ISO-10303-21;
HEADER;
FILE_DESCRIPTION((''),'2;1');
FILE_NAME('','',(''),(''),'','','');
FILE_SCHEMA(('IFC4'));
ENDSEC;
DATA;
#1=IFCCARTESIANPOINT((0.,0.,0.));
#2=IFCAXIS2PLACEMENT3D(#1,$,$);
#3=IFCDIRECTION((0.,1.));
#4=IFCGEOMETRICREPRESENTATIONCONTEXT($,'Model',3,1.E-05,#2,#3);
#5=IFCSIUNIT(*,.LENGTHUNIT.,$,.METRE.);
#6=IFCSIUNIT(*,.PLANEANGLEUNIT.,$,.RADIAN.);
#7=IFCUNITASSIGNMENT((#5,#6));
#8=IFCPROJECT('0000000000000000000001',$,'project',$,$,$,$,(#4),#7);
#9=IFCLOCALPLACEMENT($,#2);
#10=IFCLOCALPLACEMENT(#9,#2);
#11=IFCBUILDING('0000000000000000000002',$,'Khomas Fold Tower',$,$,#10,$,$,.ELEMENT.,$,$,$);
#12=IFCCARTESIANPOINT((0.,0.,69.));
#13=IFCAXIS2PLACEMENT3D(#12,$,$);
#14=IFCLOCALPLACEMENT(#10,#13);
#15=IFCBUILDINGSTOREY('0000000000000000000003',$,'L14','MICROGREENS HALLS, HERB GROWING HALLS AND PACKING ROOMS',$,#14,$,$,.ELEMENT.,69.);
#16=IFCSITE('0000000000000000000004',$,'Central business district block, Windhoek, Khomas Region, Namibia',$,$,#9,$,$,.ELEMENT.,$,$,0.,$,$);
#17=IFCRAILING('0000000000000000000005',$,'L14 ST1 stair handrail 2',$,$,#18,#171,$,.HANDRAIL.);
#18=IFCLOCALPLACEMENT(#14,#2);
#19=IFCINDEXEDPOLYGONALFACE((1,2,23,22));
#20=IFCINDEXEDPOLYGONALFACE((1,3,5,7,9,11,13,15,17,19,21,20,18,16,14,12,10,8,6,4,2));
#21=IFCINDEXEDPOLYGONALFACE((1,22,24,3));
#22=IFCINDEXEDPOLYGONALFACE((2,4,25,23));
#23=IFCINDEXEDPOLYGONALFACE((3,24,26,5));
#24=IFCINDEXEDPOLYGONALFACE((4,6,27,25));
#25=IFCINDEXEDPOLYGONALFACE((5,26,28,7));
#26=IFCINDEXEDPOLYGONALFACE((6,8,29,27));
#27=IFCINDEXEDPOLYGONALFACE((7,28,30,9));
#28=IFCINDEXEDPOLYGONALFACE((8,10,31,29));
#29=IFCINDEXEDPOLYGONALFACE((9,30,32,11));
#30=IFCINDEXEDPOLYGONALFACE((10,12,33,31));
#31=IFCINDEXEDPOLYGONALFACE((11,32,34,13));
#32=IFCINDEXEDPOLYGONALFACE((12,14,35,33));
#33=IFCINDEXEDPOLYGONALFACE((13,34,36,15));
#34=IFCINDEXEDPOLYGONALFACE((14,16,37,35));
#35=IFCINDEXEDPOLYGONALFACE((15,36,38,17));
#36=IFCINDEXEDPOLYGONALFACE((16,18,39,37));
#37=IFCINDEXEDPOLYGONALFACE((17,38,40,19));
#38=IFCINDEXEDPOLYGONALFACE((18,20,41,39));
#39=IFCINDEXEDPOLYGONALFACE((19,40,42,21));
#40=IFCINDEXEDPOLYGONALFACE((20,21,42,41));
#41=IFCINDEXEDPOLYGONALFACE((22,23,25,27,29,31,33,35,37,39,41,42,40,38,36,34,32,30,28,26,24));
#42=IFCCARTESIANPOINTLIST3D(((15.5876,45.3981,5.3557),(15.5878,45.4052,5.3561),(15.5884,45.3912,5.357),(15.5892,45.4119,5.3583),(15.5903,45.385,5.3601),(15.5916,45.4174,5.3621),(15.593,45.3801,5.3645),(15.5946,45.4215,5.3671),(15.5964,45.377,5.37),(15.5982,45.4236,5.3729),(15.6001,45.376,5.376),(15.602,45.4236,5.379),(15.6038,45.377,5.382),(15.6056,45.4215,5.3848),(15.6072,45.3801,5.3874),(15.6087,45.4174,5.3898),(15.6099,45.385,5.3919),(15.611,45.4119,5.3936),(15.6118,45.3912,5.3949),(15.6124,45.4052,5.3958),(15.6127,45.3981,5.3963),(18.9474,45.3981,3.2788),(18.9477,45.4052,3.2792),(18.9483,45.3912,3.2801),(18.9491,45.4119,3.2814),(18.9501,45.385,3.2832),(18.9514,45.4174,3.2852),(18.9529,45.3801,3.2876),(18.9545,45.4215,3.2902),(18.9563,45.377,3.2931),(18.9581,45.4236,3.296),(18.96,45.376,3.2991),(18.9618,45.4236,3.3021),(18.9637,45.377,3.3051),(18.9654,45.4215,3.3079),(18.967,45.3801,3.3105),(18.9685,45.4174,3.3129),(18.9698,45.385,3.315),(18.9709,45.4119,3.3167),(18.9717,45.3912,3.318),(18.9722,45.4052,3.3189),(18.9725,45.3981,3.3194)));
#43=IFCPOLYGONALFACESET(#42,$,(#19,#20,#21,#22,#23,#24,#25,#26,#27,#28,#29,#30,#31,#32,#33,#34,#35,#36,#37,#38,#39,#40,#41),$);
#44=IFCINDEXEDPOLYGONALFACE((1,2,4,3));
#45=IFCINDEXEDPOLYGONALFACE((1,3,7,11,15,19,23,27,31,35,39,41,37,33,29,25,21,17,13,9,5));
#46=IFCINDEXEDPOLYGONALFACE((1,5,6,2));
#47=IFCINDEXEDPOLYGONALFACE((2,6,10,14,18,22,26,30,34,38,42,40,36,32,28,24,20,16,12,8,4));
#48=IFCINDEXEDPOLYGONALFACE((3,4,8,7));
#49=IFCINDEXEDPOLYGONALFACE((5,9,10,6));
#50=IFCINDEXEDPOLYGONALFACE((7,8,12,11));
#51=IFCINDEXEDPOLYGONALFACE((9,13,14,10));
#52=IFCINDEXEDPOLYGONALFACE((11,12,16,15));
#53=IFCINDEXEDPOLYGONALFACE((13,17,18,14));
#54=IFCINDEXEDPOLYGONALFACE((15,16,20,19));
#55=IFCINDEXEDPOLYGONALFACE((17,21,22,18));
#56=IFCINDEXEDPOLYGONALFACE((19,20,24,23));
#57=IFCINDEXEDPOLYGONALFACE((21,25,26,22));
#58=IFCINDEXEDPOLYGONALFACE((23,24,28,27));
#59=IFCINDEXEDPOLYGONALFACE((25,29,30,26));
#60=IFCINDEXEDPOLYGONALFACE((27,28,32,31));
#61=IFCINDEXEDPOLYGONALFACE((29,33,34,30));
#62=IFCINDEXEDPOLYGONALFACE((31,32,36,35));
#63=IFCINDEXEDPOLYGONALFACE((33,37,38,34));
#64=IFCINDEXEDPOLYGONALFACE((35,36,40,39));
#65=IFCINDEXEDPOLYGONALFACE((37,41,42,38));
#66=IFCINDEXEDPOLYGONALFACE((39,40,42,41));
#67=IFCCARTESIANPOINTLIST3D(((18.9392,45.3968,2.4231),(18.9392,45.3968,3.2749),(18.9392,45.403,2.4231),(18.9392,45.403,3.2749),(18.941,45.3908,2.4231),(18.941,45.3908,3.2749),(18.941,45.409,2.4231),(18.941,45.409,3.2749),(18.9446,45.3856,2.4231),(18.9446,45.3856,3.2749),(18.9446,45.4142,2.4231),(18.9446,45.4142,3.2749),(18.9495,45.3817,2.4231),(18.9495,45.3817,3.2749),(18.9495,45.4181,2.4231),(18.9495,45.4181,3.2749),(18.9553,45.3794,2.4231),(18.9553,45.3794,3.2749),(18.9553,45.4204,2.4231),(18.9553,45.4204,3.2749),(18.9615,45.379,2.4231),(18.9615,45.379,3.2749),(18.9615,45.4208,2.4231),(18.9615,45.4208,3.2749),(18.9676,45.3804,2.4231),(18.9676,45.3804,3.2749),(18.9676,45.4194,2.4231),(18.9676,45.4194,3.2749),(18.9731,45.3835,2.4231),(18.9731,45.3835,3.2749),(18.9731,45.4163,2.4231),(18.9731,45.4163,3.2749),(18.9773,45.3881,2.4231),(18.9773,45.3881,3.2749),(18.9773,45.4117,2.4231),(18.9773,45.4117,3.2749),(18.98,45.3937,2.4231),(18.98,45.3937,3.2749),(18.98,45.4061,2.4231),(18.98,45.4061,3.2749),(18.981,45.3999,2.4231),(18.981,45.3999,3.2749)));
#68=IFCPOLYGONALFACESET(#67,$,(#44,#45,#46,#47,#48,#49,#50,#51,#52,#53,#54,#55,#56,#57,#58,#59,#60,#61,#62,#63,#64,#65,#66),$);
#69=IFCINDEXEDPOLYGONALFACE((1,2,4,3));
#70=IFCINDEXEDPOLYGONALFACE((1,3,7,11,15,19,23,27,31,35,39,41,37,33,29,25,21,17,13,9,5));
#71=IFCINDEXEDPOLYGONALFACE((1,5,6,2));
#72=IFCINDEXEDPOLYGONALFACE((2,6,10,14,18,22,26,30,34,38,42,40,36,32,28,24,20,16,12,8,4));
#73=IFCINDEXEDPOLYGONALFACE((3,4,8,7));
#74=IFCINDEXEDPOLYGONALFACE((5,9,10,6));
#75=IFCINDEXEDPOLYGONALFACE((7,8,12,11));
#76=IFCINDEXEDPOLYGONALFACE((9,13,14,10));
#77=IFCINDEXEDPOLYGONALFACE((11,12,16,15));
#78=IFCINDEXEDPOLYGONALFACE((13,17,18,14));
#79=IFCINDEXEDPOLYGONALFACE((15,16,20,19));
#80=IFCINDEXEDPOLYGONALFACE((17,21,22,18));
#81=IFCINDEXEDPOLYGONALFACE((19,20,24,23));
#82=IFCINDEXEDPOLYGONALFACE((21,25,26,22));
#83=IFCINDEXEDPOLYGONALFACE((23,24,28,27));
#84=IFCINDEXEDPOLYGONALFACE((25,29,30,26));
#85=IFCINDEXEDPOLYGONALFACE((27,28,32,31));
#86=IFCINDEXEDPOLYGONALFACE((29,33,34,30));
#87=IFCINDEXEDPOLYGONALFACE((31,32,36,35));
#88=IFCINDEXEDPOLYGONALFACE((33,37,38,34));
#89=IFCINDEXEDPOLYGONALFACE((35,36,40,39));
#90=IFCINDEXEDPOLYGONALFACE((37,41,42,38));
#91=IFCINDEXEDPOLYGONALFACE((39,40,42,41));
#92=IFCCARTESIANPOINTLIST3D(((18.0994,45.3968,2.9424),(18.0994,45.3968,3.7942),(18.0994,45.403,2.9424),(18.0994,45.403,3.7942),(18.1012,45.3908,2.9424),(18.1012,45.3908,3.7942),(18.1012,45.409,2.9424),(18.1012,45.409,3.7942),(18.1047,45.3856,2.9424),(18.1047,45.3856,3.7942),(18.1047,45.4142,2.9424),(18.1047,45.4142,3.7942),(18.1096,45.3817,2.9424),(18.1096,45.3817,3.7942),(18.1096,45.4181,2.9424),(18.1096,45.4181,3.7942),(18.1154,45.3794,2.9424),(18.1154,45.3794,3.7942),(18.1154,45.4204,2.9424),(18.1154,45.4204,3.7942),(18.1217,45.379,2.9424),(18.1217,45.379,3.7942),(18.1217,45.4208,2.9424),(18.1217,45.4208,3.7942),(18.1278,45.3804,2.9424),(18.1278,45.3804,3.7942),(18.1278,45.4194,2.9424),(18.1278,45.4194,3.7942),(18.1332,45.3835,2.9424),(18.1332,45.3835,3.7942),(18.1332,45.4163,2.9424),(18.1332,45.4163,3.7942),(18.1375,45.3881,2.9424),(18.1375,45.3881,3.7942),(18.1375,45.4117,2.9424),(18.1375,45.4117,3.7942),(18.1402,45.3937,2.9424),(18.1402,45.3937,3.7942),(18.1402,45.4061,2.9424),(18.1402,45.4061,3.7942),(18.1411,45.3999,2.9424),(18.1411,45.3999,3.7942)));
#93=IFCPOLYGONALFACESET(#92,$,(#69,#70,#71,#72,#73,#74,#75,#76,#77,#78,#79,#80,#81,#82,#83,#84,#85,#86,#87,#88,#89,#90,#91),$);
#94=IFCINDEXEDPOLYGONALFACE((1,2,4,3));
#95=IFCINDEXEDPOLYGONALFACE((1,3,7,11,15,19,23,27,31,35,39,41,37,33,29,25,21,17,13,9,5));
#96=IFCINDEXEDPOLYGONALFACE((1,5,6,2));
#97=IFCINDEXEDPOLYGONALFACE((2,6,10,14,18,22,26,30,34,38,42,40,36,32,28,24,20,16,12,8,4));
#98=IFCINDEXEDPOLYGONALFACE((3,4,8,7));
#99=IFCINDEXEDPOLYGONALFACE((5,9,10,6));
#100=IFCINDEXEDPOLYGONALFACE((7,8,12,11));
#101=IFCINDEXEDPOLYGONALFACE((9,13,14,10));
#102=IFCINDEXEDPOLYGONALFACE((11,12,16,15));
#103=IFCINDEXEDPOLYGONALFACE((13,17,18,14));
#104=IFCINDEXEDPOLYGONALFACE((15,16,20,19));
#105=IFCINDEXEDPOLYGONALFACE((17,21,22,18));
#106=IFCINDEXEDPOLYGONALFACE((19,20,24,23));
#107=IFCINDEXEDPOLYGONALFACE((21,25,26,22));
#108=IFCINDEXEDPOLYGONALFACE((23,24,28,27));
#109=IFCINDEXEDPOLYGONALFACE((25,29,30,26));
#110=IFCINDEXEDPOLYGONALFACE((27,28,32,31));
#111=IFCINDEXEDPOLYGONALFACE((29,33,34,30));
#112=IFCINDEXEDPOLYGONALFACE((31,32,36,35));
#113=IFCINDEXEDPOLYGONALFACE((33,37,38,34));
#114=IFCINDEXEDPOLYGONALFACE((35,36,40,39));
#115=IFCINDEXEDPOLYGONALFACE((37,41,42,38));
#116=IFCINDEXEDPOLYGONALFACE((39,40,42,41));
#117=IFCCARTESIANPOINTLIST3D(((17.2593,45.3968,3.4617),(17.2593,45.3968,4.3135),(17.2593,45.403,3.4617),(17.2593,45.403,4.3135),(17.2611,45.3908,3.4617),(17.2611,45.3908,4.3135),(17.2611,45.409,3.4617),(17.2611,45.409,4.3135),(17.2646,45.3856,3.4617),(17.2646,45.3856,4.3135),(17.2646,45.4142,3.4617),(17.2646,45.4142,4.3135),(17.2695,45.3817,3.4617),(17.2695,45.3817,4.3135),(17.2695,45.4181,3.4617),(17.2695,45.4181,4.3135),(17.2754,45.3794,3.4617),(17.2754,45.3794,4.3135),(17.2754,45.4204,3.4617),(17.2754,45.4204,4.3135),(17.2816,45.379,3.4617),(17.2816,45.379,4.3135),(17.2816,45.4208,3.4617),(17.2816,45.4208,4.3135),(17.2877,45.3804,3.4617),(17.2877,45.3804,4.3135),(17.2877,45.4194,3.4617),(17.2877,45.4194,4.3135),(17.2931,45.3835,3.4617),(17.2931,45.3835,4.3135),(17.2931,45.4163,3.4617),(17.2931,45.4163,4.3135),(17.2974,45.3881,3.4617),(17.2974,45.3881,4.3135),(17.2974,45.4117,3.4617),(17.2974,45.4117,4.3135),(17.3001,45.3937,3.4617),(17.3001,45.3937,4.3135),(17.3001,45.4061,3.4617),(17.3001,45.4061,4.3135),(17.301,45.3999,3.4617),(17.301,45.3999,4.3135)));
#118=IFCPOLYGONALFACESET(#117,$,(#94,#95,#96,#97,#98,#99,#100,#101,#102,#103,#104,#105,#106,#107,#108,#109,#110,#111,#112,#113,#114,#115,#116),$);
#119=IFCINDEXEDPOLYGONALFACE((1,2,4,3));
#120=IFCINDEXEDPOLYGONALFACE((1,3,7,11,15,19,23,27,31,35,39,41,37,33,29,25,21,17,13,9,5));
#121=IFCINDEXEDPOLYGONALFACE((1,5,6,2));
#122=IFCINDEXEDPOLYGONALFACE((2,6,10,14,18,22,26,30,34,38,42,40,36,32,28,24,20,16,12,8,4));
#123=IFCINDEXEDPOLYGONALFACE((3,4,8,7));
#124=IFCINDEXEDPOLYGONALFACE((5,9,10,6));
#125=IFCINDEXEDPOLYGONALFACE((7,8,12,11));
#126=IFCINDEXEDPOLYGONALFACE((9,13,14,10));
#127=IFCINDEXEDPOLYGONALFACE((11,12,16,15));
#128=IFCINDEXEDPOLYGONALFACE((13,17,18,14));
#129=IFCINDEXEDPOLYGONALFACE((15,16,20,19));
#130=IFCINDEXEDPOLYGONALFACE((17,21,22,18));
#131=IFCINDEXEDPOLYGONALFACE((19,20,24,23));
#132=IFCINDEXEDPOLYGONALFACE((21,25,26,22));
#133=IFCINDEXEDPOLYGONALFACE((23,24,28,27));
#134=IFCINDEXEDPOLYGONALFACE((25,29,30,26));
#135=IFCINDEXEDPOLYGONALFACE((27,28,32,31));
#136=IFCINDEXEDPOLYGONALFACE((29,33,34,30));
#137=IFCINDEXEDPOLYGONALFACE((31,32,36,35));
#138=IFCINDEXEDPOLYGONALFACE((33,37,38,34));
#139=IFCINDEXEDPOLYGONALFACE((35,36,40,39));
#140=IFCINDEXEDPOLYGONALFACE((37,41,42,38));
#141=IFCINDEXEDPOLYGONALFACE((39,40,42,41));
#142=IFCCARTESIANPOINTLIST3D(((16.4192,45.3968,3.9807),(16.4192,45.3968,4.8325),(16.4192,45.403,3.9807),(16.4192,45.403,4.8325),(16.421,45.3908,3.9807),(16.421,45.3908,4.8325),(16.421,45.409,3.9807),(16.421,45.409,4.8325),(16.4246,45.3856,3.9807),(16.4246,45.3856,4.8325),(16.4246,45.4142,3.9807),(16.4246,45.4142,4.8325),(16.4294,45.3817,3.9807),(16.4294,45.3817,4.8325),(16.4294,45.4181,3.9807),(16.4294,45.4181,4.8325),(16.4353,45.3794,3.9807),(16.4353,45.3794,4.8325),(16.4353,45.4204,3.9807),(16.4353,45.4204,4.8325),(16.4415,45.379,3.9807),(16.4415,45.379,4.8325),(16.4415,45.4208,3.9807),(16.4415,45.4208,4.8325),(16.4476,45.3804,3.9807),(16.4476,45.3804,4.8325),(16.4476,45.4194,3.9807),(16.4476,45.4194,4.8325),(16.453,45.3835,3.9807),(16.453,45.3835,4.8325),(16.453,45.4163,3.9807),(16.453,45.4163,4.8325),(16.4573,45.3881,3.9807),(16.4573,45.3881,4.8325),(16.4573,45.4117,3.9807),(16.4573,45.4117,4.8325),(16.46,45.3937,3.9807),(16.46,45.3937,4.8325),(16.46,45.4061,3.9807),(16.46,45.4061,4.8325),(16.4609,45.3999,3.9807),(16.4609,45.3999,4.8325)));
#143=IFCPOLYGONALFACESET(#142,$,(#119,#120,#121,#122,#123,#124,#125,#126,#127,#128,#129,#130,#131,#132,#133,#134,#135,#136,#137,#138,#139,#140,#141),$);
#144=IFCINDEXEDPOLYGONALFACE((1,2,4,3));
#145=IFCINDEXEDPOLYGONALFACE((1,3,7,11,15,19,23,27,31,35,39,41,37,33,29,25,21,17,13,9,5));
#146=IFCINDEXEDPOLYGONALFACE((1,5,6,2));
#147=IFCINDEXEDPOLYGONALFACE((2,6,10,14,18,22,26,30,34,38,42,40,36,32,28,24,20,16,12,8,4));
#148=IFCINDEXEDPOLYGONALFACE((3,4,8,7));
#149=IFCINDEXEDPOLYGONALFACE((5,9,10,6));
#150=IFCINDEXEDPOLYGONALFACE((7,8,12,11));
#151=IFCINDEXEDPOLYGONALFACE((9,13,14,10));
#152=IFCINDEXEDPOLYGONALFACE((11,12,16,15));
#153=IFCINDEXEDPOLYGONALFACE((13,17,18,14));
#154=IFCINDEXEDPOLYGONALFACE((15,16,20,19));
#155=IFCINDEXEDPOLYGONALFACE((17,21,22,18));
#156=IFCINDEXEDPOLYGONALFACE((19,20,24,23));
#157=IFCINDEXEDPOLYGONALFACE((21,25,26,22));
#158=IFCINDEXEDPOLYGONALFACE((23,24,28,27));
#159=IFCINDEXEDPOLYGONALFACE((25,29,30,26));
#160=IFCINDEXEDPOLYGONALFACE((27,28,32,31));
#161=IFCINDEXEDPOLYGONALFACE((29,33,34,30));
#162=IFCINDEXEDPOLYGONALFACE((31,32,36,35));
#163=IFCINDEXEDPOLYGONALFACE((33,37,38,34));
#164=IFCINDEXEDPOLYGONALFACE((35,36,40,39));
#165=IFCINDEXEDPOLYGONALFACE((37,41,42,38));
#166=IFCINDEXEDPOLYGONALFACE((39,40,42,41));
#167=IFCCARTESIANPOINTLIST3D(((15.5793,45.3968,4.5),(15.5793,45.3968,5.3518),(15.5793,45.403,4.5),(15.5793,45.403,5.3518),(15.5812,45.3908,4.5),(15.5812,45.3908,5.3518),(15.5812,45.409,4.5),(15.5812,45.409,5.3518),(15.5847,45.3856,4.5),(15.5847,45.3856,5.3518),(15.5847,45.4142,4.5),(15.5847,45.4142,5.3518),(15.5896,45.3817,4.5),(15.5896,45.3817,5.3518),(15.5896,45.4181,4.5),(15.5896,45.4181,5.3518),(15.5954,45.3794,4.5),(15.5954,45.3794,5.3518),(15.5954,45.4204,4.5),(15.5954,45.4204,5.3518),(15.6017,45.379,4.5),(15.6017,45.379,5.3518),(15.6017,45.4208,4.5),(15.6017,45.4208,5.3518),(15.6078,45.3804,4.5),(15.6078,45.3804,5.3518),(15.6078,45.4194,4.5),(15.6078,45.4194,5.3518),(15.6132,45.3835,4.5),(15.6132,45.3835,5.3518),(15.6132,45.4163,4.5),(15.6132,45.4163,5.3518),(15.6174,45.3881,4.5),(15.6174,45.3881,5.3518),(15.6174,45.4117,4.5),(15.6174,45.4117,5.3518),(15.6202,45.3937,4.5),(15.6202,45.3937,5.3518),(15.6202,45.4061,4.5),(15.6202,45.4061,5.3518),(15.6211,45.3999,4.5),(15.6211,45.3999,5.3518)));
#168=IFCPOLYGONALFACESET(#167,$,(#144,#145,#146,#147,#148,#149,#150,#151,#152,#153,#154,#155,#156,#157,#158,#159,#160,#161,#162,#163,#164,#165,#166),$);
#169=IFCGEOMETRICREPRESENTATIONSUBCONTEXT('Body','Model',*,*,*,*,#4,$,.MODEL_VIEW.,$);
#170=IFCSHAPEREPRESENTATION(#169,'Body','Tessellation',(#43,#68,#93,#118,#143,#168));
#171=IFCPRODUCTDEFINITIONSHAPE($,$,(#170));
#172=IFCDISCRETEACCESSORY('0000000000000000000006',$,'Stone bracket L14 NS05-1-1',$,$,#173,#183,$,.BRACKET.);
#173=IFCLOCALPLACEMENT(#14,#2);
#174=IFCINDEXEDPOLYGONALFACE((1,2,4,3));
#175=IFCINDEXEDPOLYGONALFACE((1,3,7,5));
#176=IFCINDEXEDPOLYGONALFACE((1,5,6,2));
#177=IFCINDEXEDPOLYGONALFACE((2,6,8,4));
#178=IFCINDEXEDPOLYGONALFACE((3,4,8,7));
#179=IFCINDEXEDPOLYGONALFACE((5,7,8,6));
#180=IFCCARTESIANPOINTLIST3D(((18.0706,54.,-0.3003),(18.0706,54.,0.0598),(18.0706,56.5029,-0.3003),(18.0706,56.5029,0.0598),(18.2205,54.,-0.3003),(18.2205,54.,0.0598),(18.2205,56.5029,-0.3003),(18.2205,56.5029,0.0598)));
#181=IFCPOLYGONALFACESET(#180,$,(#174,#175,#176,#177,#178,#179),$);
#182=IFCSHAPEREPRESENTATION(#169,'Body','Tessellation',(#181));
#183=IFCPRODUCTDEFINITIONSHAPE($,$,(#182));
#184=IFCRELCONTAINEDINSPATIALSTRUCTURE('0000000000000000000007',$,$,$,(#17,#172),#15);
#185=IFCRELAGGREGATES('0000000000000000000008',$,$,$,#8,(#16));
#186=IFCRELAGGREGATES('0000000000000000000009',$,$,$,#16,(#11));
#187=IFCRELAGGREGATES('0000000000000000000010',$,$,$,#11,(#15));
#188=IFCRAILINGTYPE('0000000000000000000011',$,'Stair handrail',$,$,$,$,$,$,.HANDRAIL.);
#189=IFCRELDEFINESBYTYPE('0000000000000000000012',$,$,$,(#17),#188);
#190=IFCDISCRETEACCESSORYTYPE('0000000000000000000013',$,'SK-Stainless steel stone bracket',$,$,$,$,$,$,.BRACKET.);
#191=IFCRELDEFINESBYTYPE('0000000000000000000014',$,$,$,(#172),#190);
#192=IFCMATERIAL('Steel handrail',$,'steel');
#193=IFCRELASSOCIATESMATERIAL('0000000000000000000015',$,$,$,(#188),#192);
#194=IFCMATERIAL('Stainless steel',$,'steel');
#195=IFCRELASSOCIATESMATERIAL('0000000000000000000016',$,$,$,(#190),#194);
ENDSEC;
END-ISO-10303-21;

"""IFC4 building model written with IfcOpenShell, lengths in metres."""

from ifc_helpers import new_model, si_unit, direction, frame, origin, origin_2d, place, context, subcontext, project, spatial, rectangle, circle, extrude, source, transform, mapped, material, type_object, element, save


model = new_model("IFC4")

# Units and contexts
model_context = context("Model", 3, precision=1e-05, world=origin(), true_north=direction((0.0, 1.0)))
body_context = subcontext(model_context, "Body", "Model", "MODEL_VIEW")
ifc_project = project(units=[si_unit("LENGTHUNIT", "METRE"), si_unit("PLANEANGLEUNIT", "RADIAN")], contexts=[model_context])

# Site, building, storey
site_placement = place(None, origin())
site = spatial("IfcSite", under=ifc_project, at=site_placement, Name="Central business district block, Windhoek, Khomas Region, Namibia", CompositionType="ELEMENT", RefElevation=0.0)
building_placement = place(site_placement, origin())
building = spatial("IfcBuilding", under=site, at=building_placement, Name="Khomas Fold Tower", CompositionType="ELEMENT")
storey_placement = place(building_placement, frame((0.0, 0.0, 69.0)))
storey = spatial("IfcBuildingStorey", under=building, at=storey_placement, Name="L14", Description="MICROGREENS HALLS, HERB GROWING HALLS AND PACKING ROOMS", CompositionType="ELEMENT", Elevation=69.0)

# Railing
ifc_material_1 = material(Name="Steel handrail", Category="steel")
railing_type_1 = type_object("IfcRailingType", Name="Stair handrail", PredefinedType="HANDRAIL", material=ifc_material_1)
shared_shape_1 = source(origin(), body_context, "Body", "SweptSolid", [
    extrude(circle(Radius=0.0239, at=origin_2d()), frame((0.0, 0.0, 0.876), z_axis=(-0.850606, 0.0, 0.525803), x_axis=(0.0, -1.0, 0.0)), (0.0, 0.0, 1.0), 3.95),
    extrude(circle(Radius=0.021, at=origin_2d()), origin(), (0.0, 0.0, 1.0), 0.8518),
    extrude(circle(Radius=0.021, at=origin_2d()), frame((-0.8398, 0.0, 0.5193)), (0.0, 0.0, 1.0), 0.8518),
    extrude(circle(Radius=0.021, at=origin_2d()), frame((-1.6799, 0.0, 1.0386)), (0.0, 0.0, 1.0), 0.8518),
    extrude(circle(Radius=0.021, at=origin_2d()), frame((-2.52, 0.0, 1.5576)), (0.0, 0.0, 1.0), 0.8518),
    extrude(circle(Radius=0.021, at=origin_2d()), frame((-3.3599, 0.0, 2.0769)), (0.0, 0.0, 1.0), 0.8518),
])
railing_1_placement = place(storey_placement, frame((18.96, 45.3999, 2.4231)))
element("IfcRailing", 1, at=railing_1_placement, inside=storey, type_object=railing_type_1, Name="L14 ST1 stair handrail 2", PredefinedType="HANDRAIL", context=body_context, shape_type="MappedRepresentation", body=[
    mapped(shared_shape_1, transform((0.0, 0.0, 0.0))),
])

# Discrete accessory
ifc_material_2 = material(Name="Stainless steel", Category="steel")
discrete_accessory_type = type_object("IfcDiscreteAccessoryType", Name="SK-Stainless steel stone bracket", PredefinedType="BRACKET", material=ifc_material_2)
shared_shape_2 = source(origin(), body_context, "Body", "SweptSolid", [
    extrude(rectangle(XDim=2.5029, YDim=0.1499, at=origin_2d()), origin(), (0.0, 0.0, 1.0), 0.3601),
])
discrete_accessory_placement = place(storey_placement, frame((18.1455, 55.2515, -0.3003), z_axis=(0.0, 0.0, 1.0), x_axis=(0.0, 1.0, 0.0)))
element("IfcDiscreteAccessory", 2, at=discrete_accessory_placement, inside=storey, type_object=discrete_accessory_type, Name="Stone bracket L14 NS05-1-1", PredefinedType="BRACKET", context=body_context, shape_type="MappedRepresentation", body=[
    mapped(shared_shape_2, transform((0.0, 0.0, 0.0))),
])

save(model, "model.ifc")
